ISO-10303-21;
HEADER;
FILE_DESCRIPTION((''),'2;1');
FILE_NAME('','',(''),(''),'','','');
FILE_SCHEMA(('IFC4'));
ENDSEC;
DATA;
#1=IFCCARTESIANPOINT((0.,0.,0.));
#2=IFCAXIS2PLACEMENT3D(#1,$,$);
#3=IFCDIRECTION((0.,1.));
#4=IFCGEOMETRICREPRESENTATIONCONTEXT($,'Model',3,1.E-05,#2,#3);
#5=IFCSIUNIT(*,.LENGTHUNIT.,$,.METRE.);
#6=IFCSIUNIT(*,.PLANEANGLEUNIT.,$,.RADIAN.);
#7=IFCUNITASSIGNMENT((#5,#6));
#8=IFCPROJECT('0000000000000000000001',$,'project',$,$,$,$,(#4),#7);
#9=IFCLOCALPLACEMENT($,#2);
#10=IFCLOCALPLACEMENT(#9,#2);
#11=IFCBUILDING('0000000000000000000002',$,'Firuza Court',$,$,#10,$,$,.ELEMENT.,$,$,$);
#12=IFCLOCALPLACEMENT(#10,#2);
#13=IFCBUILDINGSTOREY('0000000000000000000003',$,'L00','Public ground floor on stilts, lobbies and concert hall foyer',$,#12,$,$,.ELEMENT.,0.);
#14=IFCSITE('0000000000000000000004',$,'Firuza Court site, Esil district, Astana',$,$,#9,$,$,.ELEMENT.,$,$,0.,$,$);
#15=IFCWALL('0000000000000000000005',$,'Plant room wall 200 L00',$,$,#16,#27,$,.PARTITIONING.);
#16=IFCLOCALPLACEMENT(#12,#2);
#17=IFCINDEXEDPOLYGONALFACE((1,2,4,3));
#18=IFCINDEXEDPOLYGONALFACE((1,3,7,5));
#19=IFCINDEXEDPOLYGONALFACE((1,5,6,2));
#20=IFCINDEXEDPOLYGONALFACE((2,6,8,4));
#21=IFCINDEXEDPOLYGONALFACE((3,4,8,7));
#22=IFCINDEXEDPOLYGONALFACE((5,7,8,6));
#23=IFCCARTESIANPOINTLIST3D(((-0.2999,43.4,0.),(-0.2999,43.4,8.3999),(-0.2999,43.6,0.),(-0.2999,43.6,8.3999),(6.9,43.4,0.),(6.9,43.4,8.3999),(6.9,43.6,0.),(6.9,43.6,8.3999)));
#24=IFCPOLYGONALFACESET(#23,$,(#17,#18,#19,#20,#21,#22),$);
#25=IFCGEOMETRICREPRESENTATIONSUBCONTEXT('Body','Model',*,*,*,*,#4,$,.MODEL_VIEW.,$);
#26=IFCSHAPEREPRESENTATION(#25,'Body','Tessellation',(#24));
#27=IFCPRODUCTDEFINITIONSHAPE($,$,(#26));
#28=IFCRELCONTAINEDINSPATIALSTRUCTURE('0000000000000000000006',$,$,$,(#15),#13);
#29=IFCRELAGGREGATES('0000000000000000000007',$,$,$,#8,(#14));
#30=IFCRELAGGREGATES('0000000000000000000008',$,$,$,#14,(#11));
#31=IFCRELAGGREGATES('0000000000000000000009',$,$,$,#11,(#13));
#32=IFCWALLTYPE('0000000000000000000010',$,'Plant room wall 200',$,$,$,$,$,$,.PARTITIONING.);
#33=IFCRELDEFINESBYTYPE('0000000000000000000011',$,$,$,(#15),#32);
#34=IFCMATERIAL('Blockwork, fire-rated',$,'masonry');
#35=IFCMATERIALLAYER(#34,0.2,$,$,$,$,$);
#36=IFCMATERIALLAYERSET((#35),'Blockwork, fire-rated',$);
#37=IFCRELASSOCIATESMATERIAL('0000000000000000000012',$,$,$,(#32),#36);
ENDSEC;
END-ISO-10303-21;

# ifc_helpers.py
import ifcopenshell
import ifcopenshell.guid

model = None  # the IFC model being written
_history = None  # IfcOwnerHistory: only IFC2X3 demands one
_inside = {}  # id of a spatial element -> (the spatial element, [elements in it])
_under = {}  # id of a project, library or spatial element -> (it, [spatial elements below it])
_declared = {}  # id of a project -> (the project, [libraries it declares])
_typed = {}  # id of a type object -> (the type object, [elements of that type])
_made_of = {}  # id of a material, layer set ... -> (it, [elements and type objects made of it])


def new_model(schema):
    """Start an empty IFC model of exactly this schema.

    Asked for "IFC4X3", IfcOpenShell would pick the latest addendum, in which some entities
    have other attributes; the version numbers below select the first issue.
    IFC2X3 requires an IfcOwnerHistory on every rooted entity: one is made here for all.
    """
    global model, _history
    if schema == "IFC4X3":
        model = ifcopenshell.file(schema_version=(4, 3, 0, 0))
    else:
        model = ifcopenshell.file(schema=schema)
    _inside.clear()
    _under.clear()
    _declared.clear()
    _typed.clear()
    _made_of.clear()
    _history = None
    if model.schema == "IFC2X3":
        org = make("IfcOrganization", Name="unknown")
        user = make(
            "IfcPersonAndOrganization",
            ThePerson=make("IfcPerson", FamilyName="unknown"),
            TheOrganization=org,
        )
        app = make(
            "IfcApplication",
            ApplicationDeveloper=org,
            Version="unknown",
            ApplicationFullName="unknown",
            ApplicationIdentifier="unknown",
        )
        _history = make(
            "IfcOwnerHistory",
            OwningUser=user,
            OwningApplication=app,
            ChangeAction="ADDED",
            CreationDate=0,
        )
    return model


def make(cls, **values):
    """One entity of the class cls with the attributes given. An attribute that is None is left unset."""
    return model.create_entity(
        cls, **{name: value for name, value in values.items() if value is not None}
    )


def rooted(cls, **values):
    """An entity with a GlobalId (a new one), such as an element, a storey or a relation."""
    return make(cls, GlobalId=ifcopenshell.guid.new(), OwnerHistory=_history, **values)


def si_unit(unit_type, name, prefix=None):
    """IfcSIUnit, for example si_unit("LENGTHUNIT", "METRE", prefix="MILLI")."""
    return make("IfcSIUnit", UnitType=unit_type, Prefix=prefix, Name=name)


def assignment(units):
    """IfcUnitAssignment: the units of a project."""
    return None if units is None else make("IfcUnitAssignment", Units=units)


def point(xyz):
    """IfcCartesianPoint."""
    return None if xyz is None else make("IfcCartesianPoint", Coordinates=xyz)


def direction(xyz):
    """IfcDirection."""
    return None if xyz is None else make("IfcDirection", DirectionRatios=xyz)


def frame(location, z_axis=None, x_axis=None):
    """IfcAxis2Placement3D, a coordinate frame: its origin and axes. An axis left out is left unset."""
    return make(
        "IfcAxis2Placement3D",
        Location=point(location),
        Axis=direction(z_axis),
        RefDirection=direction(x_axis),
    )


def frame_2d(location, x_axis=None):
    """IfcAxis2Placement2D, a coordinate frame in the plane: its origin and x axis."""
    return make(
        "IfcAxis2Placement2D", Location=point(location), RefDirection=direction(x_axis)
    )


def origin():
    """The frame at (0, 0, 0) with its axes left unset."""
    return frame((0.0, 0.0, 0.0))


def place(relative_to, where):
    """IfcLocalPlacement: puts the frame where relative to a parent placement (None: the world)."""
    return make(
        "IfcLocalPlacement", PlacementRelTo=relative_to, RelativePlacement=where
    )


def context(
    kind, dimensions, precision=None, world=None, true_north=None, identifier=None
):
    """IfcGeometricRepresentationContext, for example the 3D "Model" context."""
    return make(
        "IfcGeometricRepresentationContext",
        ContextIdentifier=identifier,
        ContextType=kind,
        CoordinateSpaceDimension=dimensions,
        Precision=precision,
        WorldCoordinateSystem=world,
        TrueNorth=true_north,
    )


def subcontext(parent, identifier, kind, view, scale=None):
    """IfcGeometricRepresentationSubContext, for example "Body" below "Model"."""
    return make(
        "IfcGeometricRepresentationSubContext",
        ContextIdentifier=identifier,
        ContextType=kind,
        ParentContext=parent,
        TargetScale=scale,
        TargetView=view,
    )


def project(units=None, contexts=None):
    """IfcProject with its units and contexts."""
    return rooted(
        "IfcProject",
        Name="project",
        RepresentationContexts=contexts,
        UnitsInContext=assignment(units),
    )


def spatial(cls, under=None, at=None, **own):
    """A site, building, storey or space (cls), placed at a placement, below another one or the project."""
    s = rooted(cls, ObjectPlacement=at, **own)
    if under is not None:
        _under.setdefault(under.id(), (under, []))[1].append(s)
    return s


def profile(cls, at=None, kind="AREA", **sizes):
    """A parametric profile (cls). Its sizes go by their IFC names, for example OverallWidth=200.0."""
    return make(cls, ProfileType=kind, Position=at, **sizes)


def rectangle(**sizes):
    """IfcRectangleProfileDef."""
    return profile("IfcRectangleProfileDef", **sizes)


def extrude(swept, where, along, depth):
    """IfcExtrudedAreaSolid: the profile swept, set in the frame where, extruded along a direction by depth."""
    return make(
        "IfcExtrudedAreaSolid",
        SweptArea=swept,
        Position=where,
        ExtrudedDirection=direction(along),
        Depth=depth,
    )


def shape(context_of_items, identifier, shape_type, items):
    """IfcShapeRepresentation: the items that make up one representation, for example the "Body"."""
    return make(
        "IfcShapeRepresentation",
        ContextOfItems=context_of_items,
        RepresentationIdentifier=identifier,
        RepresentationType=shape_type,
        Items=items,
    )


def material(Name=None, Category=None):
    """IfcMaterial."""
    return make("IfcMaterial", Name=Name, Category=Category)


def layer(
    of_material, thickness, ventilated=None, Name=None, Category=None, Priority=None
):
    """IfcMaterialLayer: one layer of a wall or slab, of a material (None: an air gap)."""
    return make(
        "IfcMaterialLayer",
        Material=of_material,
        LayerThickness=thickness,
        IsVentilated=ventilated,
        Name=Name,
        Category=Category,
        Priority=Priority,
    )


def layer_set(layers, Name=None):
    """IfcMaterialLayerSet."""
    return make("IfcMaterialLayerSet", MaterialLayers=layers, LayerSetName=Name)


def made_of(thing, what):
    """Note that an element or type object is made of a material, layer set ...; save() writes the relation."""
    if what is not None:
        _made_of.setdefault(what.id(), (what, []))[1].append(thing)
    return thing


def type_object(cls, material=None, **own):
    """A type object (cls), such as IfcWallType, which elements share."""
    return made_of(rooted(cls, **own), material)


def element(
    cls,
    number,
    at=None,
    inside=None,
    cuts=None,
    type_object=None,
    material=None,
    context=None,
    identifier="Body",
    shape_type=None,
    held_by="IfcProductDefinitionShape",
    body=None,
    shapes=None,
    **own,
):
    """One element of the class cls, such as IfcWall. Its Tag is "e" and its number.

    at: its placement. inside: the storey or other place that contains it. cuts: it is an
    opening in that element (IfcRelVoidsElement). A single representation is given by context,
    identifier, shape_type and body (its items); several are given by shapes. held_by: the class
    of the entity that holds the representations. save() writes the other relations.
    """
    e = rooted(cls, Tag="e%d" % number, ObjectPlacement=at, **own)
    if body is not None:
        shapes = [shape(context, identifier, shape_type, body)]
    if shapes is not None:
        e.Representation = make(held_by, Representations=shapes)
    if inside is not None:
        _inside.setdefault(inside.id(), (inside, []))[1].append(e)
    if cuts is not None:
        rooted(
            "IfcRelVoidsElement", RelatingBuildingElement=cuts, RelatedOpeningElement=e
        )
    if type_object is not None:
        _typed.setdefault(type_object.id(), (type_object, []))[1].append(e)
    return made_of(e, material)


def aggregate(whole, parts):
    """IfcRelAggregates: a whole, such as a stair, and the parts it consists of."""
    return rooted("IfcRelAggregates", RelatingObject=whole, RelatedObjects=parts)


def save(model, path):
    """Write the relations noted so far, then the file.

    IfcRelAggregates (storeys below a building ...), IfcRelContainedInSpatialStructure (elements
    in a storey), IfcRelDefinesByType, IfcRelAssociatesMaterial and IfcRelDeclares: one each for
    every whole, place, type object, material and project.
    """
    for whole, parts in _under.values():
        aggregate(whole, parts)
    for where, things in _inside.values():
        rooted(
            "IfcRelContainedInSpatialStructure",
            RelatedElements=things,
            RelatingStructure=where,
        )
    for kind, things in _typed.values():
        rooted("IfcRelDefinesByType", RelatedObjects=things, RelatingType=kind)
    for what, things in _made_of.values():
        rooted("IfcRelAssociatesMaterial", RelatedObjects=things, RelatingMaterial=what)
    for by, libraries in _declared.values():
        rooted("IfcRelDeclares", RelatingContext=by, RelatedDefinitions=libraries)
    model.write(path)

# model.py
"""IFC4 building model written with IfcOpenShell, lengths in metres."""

from ifc_helpers import new_model, si_unit, direction, frame, frame_2d, origin, place, context, subcontext, project, spatial, rectangle, extrude, material, layer, layer_set, type_object, element, save


model = new_model("IFC4")

# Units and contexts
model_context = context("Model", 3, precision=1e-05, world=origin(), true_north=direction((0.0, 1.0)))
body_context = subcontext(model_context, "Body", "Model", "MODEL_VIEW")
ifc_project = project(units=[si_unit("LENGTHUNIT", "METRE"), si_unit("PLANEANGLEUNIT", "RADIAN")], contexts=[model_context])

# Site, building, storey
site_placement = place(None, origin())
site = spatial("IfcSite", under=ifc_project, at=site_placement, Name="Firuza Court site, Esil district, Astana", CompositionType="ELEMENT", RefElevation=0.0)
building_placement = place(site_placement, origin())
building = spatial("IfcBuilding", under=site, at=building_placement, Name="Firuza Court", CompositionType="ELEMENT")
storey_placement = place(building_placement, origin())
storey = spatial("IfcBuildingStorey", under=building, at=storey_placement, Name="L00", Description="Public ground floor on stilts, lobbies and concert hall foyer", CompositionType="ELEMENT", Elevation=0.0)

# Wall
ifc_material_1 = material(Name="Blockwork, fire-rated", Category="masonry")
ifc_layer_1 = layer(ifc_material_1, 0.2)
ifc_layer_set_1 = layer_set([ifc_layer_1], Name="Blockwork, fire-rated")
wall_type = type_object("IfcWallType", Name="Plant room wall 200", PredefinedType="PARTITIONING", material=ifc_layer_set_1)
for number, where, z_axis, x_axis, name in (
    (1, (-0.3, 43.5, 0.0), (0.0, 0.0, 1.0), (1.0, 0.0, 0.0), "Plant room wall 200 L00"),
):
    element("IfcWall", number, at=place(storey_placement, frame(where, z_axis=z_axis, x_axis=x_axis)), inside=storey, type_object=wall_type, Name=name, PredefinedType="PARTITIONING", context=body_context, shape_type="SweptSolid", body=[
        extrude(rectangle(XDim=7.2, YDim=0.2, at=frame_2d((3.6001, 0.0))), origin(), (0.0, 0.0, 1.0), 8.3999),
    ])

save(model, "model.ifc")
